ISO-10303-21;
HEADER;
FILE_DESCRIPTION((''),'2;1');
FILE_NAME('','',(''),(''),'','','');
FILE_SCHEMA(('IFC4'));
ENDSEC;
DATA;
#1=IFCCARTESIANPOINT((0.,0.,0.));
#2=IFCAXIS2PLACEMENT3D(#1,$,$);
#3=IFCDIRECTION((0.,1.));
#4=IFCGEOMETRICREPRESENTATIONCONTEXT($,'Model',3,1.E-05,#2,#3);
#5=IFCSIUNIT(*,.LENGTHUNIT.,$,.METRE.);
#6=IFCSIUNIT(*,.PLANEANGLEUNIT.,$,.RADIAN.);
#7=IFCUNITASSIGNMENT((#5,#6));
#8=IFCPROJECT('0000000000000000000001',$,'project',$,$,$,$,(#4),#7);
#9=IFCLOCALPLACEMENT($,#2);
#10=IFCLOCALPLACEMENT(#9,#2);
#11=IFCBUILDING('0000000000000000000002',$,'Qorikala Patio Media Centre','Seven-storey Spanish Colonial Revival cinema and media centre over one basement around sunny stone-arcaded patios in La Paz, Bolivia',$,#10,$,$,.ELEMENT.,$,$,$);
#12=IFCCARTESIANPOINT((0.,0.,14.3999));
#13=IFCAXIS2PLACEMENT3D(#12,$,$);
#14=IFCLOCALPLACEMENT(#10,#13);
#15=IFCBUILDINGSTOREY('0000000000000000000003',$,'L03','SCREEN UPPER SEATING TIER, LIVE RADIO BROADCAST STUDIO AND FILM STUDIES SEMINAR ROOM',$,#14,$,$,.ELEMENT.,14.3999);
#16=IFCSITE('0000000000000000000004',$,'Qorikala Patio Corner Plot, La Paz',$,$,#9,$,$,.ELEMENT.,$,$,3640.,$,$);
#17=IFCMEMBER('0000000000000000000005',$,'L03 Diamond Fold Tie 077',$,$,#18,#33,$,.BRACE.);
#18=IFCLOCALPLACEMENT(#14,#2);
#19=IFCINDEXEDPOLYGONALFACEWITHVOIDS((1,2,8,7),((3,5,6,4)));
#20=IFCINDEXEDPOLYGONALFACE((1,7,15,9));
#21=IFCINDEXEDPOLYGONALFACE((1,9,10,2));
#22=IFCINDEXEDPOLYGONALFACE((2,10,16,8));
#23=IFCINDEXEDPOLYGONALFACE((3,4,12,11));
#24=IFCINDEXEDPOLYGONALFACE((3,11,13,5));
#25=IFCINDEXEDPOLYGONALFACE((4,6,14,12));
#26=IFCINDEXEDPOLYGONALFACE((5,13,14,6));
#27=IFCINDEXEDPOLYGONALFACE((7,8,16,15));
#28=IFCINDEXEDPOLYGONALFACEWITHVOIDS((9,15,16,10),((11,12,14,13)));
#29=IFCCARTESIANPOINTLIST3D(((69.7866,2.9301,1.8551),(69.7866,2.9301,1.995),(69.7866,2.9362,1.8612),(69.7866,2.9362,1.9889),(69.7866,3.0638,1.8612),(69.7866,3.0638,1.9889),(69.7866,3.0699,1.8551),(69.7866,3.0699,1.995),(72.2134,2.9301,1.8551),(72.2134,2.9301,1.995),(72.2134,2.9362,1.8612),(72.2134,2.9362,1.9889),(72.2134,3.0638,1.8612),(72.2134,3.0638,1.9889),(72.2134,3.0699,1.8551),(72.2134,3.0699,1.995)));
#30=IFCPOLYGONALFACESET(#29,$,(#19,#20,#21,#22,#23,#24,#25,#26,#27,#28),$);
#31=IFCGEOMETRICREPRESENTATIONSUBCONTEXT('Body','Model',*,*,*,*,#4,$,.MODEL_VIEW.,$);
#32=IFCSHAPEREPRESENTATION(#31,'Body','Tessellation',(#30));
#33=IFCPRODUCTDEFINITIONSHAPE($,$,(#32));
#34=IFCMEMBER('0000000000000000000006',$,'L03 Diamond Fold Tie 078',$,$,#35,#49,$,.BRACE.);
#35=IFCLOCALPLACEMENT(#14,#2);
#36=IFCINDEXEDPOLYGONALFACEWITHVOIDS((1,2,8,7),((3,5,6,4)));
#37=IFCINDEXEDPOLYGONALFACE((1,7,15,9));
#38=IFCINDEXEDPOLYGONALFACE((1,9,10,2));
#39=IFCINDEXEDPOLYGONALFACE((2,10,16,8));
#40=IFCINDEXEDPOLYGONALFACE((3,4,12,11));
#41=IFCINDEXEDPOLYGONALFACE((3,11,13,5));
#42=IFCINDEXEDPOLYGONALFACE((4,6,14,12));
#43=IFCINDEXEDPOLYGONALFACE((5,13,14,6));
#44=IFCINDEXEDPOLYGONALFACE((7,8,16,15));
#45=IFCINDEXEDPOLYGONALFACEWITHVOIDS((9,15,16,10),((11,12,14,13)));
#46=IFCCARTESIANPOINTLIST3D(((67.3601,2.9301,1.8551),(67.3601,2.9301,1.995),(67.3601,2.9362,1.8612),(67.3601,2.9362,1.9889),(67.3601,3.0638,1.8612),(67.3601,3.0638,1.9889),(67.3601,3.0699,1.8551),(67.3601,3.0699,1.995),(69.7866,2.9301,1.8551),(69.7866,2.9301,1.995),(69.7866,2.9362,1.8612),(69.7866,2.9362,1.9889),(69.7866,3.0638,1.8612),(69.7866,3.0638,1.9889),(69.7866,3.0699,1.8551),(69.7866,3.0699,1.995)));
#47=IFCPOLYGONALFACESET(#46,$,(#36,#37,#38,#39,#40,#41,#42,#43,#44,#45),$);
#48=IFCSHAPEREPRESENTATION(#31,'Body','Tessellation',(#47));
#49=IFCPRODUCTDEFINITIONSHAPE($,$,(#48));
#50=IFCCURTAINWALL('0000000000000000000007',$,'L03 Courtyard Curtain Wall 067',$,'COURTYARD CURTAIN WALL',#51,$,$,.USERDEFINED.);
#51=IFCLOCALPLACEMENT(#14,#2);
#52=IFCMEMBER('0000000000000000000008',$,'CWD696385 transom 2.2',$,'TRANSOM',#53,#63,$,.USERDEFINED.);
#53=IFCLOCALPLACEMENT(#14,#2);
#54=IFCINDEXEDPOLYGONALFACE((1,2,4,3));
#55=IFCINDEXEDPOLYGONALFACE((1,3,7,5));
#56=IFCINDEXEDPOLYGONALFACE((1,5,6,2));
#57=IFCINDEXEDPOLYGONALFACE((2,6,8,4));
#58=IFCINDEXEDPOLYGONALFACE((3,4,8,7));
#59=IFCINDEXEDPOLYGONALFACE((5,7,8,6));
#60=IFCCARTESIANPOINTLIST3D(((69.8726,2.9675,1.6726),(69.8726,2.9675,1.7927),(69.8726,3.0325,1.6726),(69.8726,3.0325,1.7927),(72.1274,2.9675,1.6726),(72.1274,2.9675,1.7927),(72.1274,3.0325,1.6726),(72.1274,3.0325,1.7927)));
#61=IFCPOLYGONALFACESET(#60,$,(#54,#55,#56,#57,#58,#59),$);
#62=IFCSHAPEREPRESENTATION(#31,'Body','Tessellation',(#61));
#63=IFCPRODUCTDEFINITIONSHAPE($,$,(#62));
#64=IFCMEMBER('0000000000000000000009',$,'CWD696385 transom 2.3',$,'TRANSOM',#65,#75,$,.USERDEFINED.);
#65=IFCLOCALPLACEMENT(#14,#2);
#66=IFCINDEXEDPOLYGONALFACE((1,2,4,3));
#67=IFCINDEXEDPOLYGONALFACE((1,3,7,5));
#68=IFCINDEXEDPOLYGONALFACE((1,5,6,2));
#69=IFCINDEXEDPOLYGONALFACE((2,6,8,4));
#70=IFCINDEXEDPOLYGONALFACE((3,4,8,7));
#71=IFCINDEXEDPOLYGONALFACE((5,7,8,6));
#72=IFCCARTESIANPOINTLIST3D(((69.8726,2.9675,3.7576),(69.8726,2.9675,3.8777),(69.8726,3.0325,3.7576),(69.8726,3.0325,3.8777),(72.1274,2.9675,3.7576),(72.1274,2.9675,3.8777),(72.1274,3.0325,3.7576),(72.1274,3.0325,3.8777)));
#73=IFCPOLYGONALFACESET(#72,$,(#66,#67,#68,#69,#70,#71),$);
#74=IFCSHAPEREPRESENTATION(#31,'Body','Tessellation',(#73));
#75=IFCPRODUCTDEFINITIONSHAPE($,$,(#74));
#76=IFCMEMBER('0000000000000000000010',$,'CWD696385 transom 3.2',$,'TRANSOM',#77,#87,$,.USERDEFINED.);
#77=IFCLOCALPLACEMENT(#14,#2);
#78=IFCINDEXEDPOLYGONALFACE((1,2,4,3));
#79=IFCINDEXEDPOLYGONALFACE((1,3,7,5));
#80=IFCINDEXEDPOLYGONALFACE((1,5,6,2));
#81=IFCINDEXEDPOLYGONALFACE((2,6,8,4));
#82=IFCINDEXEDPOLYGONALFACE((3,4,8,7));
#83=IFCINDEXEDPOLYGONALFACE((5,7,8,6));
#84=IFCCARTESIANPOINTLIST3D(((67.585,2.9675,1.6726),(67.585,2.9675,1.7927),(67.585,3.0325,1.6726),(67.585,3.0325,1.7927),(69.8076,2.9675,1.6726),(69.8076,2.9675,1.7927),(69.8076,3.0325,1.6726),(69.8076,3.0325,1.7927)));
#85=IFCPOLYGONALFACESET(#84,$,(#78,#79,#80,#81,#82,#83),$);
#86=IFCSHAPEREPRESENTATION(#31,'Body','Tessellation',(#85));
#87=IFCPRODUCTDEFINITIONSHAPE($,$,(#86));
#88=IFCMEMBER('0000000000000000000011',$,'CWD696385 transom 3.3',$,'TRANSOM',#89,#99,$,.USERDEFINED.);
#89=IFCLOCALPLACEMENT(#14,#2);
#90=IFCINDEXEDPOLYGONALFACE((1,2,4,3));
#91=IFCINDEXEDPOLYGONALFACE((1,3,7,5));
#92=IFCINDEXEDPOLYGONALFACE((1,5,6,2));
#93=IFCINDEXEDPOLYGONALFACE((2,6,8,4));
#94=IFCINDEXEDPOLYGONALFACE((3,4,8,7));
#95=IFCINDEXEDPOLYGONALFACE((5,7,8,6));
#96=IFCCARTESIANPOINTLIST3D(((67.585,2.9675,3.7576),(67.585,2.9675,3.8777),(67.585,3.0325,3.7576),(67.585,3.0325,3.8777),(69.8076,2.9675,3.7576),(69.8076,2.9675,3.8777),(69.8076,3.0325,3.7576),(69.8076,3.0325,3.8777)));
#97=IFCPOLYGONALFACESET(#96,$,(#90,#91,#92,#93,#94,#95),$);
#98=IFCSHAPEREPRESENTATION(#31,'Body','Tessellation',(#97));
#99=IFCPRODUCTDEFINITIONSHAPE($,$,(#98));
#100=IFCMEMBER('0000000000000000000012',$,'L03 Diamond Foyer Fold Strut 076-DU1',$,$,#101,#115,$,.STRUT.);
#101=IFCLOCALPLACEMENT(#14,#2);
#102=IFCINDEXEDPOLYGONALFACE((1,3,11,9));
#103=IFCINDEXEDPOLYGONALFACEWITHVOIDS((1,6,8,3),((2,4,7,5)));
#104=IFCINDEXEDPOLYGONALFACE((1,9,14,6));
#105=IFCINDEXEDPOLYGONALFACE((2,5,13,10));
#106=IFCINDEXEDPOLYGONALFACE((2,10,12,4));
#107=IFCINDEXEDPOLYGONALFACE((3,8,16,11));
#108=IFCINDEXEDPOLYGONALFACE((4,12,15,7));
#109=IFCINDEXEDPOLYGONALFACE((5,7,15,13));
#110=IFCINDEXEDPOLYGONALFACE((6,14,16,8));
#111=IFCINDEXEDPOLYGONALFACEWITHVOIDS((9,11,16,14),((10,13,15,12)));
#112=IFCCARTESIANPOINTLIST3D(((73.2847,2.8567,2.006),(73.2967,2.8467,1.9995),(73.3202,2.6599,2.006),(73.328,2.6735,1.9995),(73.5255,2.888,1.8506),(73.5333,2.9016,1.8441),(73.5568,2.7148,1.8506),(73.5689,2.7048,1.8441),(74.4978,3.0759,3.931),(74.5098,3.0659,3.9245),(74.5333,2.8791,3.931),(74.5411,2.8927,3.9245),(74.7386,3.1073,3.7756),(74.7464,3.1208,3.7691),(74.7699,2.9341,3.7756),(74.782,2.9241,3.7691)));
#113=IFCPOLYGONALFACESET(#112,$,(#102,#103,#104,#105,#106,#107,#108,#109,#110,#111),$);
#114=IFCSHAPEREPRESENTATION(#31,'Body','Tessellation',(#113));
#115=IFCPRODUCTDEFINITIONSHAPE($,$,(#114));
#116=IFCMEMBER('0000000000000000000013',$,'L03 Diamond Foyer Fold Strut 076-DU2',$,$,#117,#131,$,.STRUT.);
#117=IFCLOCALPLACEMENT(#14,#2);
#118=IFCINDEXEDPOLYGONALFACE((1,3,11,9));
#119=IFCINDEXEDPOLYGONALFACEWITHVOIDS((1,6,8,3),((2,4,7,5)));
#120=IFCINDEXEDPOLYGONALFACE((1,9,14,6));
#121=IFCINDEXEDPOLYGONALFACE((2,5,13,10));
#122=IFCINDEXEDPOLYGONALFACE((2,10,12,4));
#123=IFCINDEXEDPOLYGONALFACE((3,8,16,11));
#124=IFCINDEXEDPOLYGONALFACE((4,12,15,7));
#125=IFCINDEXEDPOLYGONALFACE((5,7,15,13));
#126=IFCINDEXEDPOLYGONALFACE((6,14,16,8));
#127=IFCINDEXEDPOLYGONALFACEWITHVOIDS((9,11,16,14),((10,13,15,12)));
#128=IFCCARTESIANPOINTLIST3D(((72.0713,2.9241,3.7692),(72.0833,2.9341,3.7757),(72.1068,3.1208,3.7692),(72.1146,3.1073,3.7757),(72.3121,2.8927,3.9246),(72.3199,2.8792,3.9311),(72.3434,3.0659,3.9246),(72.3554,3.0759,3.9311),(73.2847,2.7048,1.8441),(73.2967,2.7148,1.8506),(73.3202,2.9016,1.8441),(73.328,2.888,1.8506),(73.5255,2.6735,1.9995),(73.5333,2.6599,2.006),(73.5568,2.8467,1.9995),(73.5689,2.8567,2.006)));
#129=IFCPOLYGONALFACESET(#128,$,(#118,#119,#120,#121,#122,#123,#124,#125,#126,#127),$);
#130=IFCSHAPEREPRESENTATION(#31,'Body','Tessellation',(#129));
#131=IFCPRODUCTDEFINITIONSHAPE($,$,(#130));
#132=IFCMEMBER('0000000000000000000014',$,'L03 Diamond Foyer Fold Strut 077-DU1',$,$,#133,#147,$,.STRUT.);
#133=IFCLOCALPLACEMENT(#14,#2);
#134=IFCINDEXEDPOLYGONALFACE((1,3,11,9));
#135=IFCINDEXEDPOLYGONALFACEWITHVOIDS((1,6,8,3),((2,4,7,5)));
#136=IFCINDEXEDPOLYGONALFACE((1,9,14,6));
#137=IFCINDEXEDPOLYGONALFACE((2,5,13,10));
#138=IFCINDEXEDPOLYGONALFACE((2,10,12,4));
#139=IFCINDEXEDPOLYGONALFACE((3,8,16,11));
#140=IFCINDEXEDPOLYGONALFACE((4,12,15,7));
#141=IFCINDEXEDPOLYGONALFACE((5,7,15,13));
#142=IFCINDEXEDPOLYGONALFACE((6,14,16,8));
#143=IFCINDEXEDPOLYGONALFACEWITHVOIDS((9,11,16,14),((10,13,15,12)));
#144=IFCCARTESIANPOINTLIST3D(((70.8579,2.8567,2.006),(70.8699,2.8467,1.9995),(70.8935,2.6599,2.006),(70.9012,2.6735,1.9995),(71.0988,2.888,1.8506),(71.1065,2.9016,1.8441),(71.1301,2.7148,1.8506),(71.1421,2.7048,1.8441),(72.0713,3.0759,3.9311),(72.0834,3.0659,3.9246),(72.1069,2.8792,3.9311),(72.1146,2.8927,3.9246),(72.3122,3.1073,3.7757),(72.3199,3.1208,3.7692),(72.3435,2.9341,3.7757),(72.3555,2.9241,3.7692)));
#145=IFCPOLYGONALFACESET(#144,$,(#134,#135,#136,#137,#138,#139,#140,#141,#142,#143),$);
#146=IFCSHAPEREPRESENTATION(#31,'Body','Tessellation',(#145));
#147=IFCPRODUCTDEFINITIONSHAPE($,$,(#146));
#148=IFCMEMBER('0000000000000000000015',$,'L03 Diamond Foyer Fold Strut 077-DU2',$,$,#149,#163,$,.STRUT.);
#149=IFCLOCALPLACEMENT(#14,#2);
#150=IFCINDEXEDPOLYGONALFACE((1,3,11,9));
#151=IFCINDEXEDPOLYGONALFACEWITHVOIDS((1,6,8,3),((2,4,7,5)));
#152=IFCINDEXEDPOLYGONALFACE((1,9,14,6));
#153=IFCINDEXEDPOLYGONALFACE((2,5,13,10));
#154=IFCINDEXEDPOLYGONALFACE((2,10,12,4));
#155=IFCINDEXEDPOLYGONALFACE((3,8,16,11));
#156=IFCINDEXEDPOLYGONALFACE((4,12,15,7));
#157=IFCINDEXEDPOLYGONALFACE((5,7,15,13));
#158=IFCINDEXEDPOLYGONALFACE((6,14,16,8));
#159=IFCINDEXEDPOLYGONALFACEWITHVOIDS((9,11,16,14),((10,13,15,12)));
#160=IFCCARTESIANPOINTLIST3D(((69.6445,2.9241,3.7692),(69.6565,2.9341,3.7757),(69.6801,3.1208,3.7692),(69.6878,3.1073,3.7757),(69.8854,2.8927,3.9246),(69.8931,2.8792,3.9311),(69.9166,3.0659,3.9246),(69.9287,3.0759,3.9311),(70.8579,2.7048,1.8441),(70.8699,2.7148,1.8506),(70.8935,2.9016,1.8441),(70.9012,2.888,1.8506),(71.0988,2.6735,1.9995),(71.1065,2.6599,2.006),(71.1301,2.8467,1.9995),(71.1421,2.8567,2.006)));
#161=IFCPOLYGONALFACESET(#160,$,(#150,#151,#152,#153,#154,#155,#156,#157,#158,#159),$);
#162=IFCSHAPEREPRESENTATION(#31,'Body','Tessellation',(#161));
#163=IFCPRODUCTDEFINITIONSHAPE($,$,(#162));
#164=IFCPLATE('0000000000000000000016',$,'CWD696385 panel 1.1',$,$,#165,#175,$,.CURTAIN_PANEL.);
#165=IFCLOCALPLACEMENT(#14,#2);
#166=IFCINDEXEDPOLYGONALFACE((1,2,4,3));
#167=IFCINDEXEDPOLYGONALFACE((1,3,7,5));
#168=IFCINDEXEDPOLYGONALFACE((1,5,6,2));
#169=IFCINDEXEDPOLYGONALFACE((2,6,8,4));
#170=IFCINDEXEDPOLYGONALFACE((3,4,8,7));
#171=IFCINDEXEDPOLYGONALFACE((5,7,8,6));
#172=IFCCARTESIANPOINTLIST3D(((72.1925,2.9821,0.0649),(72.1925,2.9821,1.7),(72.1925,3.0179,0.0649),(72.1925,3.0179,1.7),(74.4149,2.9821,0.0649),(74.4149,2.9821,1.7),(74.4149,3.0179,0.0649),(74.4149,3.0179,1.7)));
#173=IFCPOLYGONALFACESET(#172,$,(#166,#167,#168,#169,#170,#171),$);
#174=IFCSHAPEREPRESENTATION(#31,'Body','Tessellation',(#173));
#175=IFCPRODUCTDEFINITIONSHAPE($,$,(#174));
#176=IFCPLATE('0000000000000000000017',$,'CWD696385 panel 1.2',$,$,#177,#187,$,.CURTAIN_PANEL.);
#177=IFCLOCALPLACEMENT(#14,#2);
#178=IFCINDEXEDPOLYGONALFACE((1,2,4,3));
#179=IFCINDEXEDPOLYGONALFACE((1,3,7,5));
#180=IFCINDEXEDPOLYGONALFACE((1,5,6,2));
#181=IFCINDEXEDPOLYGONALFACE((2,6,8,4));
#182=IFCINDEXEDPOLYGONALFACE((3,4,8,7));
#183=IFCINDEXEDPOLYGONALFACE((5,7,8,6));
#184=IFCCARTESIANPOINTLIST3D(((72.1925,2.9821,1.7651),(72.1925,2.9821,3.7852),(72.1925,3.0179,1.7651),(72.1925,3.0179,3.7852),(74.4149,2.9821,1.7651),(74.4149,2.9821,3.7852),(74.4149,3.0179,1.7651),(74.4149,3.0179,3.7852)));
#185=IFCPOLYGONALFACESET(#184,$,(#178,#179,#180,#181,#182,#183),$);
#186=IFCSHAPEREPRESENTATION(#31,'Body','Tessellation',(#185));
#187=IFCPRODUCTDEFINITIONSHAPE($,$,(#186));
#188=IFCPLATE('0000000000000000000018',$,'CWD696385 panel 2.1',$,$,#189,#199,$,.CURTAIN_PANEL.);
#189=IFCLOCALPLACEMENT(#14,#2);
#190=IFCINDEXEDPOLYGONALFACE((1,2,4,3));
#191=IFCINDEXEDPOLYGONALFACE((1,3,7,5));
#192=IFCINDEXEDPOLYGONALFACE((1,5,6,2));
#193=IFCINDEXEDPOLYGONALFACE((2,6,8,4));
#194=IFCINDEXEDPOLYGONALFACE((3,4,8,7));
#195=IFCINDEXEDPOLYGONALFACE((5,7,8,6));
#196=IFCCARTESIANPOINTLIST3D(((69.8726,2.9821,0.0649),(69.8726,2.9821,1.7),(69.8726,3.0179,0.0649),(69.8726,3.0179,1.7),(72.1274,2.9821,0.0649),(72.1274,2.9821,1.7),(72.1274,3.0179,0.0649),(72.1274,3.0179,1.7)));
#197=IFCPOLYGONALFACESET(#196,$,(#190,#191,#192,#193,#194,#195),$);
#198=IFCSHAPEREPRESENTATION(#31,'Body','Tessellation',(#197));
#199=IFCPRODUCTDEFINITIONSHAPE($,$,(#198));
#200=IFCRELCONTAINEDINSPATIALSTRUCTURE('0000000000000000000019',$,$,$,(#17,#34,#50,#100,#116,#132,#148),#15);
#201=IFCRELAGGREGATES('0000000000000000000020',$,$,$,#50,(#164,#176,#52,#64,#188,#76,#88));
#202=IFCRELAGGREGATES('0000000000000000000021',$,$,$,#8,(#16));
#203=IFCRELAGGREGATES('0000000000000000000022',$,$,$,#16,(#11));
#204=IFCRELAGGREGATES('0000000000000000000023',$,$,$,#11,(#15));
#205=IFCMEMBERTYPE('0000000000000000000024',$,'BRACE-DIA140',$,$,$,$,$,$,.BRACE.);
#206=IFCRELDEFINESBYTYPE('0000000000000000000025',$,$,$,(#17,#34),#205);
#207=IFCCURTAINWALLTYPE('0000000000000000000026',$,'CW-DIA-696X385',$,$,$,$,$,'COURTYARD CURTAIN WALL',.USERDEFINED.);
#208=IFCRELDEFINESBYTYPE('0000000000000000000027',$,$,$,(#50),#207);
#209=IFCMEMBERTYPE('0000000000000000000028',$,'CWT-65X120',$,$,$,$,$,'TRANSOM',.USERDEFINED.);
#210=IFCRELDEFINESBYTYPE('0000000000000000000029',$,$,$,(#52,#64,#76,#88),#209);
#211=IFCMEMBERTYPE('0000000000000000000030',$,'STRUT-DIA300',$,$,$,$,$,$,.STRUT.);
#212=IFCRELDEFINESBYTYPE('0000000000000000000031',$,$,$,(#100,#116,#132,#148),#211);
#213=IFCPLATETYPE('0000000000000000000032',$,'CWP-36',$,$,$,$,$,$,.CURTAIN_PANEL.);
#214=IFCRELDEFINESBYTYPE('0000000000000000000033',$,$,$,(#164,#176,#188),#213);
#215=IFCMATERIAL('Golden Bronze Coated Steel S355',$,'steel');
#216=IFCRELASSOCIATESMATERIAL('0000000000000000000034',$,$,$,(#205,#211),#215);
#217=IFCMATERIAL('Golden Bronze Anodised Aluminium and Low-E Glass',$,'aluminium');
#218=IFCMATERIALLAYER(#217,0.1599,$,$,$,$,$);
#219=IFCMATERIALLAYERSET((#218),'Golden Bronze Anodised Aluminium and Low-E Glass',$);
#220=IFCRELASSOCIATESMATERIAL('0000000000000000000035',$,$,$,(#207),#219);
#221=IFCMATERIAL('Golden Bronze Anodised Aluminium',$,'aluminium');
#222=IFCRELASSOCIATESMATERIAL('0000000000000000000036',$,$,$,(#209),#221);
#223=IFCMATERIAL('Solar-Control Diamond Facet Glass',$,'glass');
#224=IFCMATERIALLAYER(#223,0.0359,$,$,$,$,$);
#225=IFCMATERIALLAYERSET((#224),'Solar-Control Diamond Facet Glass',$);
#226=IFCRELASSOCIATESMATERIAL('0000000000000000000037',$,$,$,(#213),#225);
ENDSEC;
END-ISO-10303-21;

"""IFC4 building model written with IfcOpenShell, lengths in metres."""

from ifc_helpers import new_model, si_unit, direction, frame, origin, origin_2d, place, context, subcontext, project, spatial, rectangle, hollow_rectangle, extrude, material, layer, layer_set, material_profile, profile_set, type_object, element, aggregate, save


model = new_model("IFC4")

# Units and contexts
model_context = context("Model", 3, precision=1e-05, world=origin(), true_north=direction((0.0, 1.0)))
body_context = subcontext(model_context, "Body", "Model", "MODEL_VIEW")
ifc_project = project(units=[si_unit("LENGTHUNIT", "METRE"), si_unit("PLANEANGLEUNIT", "RADIAN")], contexts=[model_context])

# Site, building, storey
site_placement = place(None, origin())
site = spatial("IfcSite", under=ifc_project, at=site_placement, Name="Qorikala Patio Corner Plot, La Paz", CompositionType="ELEMENT", RefElevation=3640.0)
building_placement = place(site_placement, origin())
building = spatial("IfcBuilding", under=site, at=building_placement, Name="Qorikala Patio Media Centre", Description="Seven-storey Spanish Colonial Revival cinema and media centre over one basement around sunny stone-arcaded patios in La Paz, Bolivia", CompositionType="ELEMENT")
storey_placement = place(building_placement, frame((0.0, 0.0, 14.3999)))
storey = spatial("IfcBuildingStorey", under=building, at=storey_placement, Name="L03", Description="SCREEN UPPER SEATING TIER, LIVE RADIO BROADCAST STUDIO AND FILM STUDIES SEMINAR ROOM", CompositionType="ELEMENT", Elevation=14.3999)

# Members
ifc_material_1 = material(Name="Golden Bronze Coated Steel S355", Category="steel")
ifc_material_profile_1 = material_profile(ifc_material_1, hollow_rectangle(XDim=0.1399, YDim=0.1399, WallThickness=0.0061, at=origin_2d()), Name="HSS140X140X6")
ifc_profile_set_1 = profile_set([ifc_material_profile_1], Name="Golden Bronze Coated Steel S355")
member_type_1 = type_object("IfcMemberType", Name="BRACE-DIA140", PredefinedType="BRACE", material=ifc_profile_set_1)
member_1_placement = place(storey_placement, frame((72.2134, 3.0, 1.925), z_axis=(-1.0, 0.0, 0.0), x_axis=(0.0, -1.0, 0.0)))
element("IfcMember", 1, at=member_1_placement, inside=storey, type_object=member_type_1, Name="L03 Diamond Fold Tie 077", PredefinedType="BRACE", context=body_context, shape_type="SweptSolid", body=[
    extrude(hollow_rectangle(XDim=0.1399, YDim=0.1399, WallThickness=0.0061, at=origin_2d()), origin(), (0.0, 0.0, 1.0), 2.4268),
])
member_2_placement = place(storey_placement, frame((69.7866, 3.0, 1.925), z_axis=(-1.0, 0.0, 0.0), x_axis=(0.0, -1.0, 0.0)))
element("IfcMember", 2, at=member_2_placement, inside=storey, type_object=member_type_1, Name="L03 Diamond Fold Tie 078", PredefinedType="BRACE", context=body_context, shape_type="SweptSolid", body=[
    extrude(hollow_rectangle(XDim=0.1399, YDim=0.1399, WallThickness=0.0061, at=origin_2d()), origin(), (0.0, 0.0, 1.0), 2.4265),
])

# Curtain wall, members
ifc_material_2 = material(Name="Golden Bronze Anodised Aluminium and Low-E Glass", Category="aluminium")
ifc_layer_1 = layer(ifc_material_2, 0.1599)
ifc_layer_set_1 = layer_set([ifc_layer_1], Name="Golden Bronze Anodised Aluminium and Low-E Glass")
curtain_wall_type = type_object("IfcCurtainWallType", Name="CW-DIA-696X385", ElementType="COURTYARD CURTAIN WALL", PredefinedType="USERDEFINED", material=ifc_layer_set_1)
curtain_wall_placement = place(storey_placement, origin())
curtain_wall = element("IfcCurtainWall", 3, at=curtain_wall_placement, inside=storey, type_object=curtain_wall_type, Name="L03 Courtyard Curtain Wall 067", ObjectType="COURTYARD CURTAIN WALL", PredefinedType="USERDEFINED")
ifc_material_3 = material(Name="Golden Bronze Anodised Aluminium", Category="aluminium")
ifc_material_profile_2 = material_profile(ifc_material_3, rectangle(XDim=0.0649, YDim=0.1201, at=origin_2d()), Name="ALU TRANSOM 65x120")
ifc_profile_set_2 = profile_set([ifc_material_profile_2], Name="Golden Bronze Anodised Aluminium")
member_type_2 = type_object("IfcMemberType", Name="CWT-65X120", ElementType="TRANSOM", PredefinedType="USERDEFINED", material=ifc_profile_set_2)
member_3_placement = place(storey_placement, frame((72.1274, 3.0, 1.7327), z_axis=(-1.0, 0.0, 0.0), x_axis=(0.0, -1.0, 0.0)))
member_3 = element("IfcMember", 4, at=member_3_placement, type_object=member_type_2, Name="CWD696385 transom 2.2", ObjectType="TRANSOM", PredefinedType="USERDEFINED", context=body_context, shape_type="SweptSolid", body=[
    extrude(rectangle(XDim=0.0649, YDim=0.1201, at=origin_2d()), origin(), (0.0, 0.0, 1.0), 2.2549),
])
member_4_placement = place(storey_placement, frame((72.1274, 3.0, 3.8176), z_axis=(-1.0, 0.0, 0.0), x_axis=(0.0, -1.0, 0.0)))
member_4 = element("IfcMember", 5, at=member_4_placement, type_object=member_type_2, Name="CWD696385 transom 2.3", ObjectType="TRANSOM", PredefinedType="USERDEFINED", context=body_context, shape_type="SweptSolid", body=[
    extrude(rectangle(XDim=0.0649, YDim=0.1201, at=origin_2d()), origin(), (0.0, 0.0, 1.0), 2.2549),
])
member_5_placement = place(storey_placement, frame((69.8076, 3.0, 1.7327), z_axis=(-1.0, 0.0, 0.0), x_axis=(0.0, -1.0, 0.0)))
member_5 = element("IfcMember", 6, at=member_5_placement, type_object=member_type_2, Name="CWD696385 transom 3.2", ObjectType="TRANSOM", PredefinedType="USERDEFINED", context=body_context, shape_type="SweptSolid", body=[
    extrude(rectangle(XDim=0.0649, YDim=0.1201, at=origin_2d()), origin(), (0.0, 0.0, 1.0), 2.2227),
])
member_6_placement = place(storey_placement, frame((69.8076, 3.0, 3.8176), z_axis=(-1.0, 0.0, 0.0), x_axis=(0.0, -1.0, 0.0)))
member_6 = element("IfcMember", 7, at=member_6_placement, type_object=member_type_2, Name="CWD696385 transom 3.3", ObjectType="TRANSOM", PredefinedType="USERDEFINED", context=body_context, shape_type="SweptSolid", body=[
    extrude(rectangle(XDim=0.0649, YDim=0.1201, at=origin_2d()), origin(), (0.0, 0.0, 1.0), 2.2227),
])

# Members
ifc_material_profile_3 = material_profile(ifc_material_1, hollow_rectangle(XDim=0.2, YDim=0.3, WallThickness=0.012, at=origin_2d()), Name="HSS300X200X12")
ifc_profile_set_3 = profile_set([ifc_material_profile_3], Name="Golden Bronze Coated Steel S355")
member_type_3 = type_object("IfcMemberType", Name="STRUT-DIA300", PredefinedType="STRUT", material=ifc_profile_set_3)
member_7_placement = place(storey_placement, frame((73.4268, 2.7808, 1.925), z_axis=(0.530691, 0.095907, 0.842121), x_axis=(-0.17784, 0.984059, 0.0)))
element("IfcMember", 8, at=member_7_placement, inside=storey, type_object=member_type_3, Name="L03 Diamond Foyer Fold Strut 076-DU1", PredefinedType="STRUT", context=body_context, shape_type="SweptSolid", body=[
    extrude(hollow_rectangle(XDim=0.2, YDim=0.3, WallThickness=0.012, at=origin_2d()), origin(), (0.0, 0.0, 1.0), 2.2859),
])
for number, where, z_axis, x_axis, name in (
    (9, (73.4268, 2.7808, 1.925), (-0.530768, 0.095901, 0.842074), (-0.177805, -0.984066, 0.0), "L03 Diamond Foyer Fold Strut 076-DU2"),
    (10, (71.0, 2.7808, 1.925), (0.530768, 0.095901, 0.842074), (-0.177805, 0.984066, 0.0), "L03 Diamond Foyer Fold Strut 077-DU1"),
    (11, (71.0, 2.7808, 1.925), (-0.530768, 0.095901, 0.842074), (-0.177805, -0.984066, 0.0), "L03 Diamond Foyer Fold Strut 077-DU2"),
):
    element("IfcMember", number, at=place(storey_placement, frame(where, z_axis=z_axis, x_axis=x_axis)), inside=storey, type_object=member_type_3, Name=name, PredefinedType="STRUT", context=body_context, shape_type="SweptSolid", body=[
        extrude(hollow_rectangle(XDim=0.2, YDim=0.3, WallThickness=0.012, at=origin_2d()), origin(), (0.0, 0.0, 1.0), 2.2861),
    ])

# Plates
ifc_material_4 = material(Name="Solar-Control Diamond Facet Glass", Category="glass")
ifc_layer_2 = layer(ifc_material_4, 0.0359)
ifc_layer_set_2 = layer_set([ifc_layer_2], Name="Solar-Control Diamond Facet Glass")
plate_type_1 = type_object("IfcPlateType", Name="CWP-36", PredefinedType="CURTAIN_PANEL", material=ifc_layer_set_2)
plate_1_placement = place(storey_placement, frame((73.3037, 3.0, 0.0649), z_axis=(0.0, 0.0, 1.0), x_axis=(-1.0, 0.0, 0.0)))
plate_1 = element("IfcPlate", 12, at=plate_1_placement, type_object=plate_type_1, Name="CWD696385 panel 1.1", PredefinedType="CURTAIN_PANEL", context=body_context, shape_type="SweptSolid", body=[
    extrude(rectangle(XDim=2.2224, YDim=0.0359, at=origin_2d()), origin(), (0.0, 0.0, 1.0), 1.635),
])
plate_2_placement = place(storey_placement, frame((73.3037, 3.0, 1.7651), z_axis=(0.0, 0.0, 1.0), x_axis=(-1.0, 0.0, 0.0)))
plate_2 = element("IfcPlate", 13, at=plate_2_placement, type_object=plate_type_1, Name="CWD696385 panel 1.2", PredefinedType="CURTAIN_PANEL", context=body_context, shape_type="SweptSolid", body=[
    extrude(rectangle(XDim=2.2224, YDim=0.0359, at=origin_2d()), origin(), (0.0, 0.0, 1.0), 2.02),
])
plate_3_placement = place(storey_placement, frame((71.0, 3.0, 0.0649), z_axis=(0.0, 0.0, 1.0), x_axis=(-1.0, 0.0, 0.0)))
plate_3 = element("IfcPlate", 14, at=plate_3_placement, type_object=plate_type_1, Name="CWD696385 panel 2.1", PredefinedType="CURTAIN_PANEL", context=body_context, shape_type="SweptSolid", body=[
    extrude(rectangle(XDim=2.2549, YDim=0.0359, at=origin_2d()), origin(), (0.0, 0.0, 1.0), 1.635),
])
aggregate(curtain_wall, [plate_1, plate_2, member_3, member_4, plate_3, member_5, member_6])

save(model, "model.ifc")
